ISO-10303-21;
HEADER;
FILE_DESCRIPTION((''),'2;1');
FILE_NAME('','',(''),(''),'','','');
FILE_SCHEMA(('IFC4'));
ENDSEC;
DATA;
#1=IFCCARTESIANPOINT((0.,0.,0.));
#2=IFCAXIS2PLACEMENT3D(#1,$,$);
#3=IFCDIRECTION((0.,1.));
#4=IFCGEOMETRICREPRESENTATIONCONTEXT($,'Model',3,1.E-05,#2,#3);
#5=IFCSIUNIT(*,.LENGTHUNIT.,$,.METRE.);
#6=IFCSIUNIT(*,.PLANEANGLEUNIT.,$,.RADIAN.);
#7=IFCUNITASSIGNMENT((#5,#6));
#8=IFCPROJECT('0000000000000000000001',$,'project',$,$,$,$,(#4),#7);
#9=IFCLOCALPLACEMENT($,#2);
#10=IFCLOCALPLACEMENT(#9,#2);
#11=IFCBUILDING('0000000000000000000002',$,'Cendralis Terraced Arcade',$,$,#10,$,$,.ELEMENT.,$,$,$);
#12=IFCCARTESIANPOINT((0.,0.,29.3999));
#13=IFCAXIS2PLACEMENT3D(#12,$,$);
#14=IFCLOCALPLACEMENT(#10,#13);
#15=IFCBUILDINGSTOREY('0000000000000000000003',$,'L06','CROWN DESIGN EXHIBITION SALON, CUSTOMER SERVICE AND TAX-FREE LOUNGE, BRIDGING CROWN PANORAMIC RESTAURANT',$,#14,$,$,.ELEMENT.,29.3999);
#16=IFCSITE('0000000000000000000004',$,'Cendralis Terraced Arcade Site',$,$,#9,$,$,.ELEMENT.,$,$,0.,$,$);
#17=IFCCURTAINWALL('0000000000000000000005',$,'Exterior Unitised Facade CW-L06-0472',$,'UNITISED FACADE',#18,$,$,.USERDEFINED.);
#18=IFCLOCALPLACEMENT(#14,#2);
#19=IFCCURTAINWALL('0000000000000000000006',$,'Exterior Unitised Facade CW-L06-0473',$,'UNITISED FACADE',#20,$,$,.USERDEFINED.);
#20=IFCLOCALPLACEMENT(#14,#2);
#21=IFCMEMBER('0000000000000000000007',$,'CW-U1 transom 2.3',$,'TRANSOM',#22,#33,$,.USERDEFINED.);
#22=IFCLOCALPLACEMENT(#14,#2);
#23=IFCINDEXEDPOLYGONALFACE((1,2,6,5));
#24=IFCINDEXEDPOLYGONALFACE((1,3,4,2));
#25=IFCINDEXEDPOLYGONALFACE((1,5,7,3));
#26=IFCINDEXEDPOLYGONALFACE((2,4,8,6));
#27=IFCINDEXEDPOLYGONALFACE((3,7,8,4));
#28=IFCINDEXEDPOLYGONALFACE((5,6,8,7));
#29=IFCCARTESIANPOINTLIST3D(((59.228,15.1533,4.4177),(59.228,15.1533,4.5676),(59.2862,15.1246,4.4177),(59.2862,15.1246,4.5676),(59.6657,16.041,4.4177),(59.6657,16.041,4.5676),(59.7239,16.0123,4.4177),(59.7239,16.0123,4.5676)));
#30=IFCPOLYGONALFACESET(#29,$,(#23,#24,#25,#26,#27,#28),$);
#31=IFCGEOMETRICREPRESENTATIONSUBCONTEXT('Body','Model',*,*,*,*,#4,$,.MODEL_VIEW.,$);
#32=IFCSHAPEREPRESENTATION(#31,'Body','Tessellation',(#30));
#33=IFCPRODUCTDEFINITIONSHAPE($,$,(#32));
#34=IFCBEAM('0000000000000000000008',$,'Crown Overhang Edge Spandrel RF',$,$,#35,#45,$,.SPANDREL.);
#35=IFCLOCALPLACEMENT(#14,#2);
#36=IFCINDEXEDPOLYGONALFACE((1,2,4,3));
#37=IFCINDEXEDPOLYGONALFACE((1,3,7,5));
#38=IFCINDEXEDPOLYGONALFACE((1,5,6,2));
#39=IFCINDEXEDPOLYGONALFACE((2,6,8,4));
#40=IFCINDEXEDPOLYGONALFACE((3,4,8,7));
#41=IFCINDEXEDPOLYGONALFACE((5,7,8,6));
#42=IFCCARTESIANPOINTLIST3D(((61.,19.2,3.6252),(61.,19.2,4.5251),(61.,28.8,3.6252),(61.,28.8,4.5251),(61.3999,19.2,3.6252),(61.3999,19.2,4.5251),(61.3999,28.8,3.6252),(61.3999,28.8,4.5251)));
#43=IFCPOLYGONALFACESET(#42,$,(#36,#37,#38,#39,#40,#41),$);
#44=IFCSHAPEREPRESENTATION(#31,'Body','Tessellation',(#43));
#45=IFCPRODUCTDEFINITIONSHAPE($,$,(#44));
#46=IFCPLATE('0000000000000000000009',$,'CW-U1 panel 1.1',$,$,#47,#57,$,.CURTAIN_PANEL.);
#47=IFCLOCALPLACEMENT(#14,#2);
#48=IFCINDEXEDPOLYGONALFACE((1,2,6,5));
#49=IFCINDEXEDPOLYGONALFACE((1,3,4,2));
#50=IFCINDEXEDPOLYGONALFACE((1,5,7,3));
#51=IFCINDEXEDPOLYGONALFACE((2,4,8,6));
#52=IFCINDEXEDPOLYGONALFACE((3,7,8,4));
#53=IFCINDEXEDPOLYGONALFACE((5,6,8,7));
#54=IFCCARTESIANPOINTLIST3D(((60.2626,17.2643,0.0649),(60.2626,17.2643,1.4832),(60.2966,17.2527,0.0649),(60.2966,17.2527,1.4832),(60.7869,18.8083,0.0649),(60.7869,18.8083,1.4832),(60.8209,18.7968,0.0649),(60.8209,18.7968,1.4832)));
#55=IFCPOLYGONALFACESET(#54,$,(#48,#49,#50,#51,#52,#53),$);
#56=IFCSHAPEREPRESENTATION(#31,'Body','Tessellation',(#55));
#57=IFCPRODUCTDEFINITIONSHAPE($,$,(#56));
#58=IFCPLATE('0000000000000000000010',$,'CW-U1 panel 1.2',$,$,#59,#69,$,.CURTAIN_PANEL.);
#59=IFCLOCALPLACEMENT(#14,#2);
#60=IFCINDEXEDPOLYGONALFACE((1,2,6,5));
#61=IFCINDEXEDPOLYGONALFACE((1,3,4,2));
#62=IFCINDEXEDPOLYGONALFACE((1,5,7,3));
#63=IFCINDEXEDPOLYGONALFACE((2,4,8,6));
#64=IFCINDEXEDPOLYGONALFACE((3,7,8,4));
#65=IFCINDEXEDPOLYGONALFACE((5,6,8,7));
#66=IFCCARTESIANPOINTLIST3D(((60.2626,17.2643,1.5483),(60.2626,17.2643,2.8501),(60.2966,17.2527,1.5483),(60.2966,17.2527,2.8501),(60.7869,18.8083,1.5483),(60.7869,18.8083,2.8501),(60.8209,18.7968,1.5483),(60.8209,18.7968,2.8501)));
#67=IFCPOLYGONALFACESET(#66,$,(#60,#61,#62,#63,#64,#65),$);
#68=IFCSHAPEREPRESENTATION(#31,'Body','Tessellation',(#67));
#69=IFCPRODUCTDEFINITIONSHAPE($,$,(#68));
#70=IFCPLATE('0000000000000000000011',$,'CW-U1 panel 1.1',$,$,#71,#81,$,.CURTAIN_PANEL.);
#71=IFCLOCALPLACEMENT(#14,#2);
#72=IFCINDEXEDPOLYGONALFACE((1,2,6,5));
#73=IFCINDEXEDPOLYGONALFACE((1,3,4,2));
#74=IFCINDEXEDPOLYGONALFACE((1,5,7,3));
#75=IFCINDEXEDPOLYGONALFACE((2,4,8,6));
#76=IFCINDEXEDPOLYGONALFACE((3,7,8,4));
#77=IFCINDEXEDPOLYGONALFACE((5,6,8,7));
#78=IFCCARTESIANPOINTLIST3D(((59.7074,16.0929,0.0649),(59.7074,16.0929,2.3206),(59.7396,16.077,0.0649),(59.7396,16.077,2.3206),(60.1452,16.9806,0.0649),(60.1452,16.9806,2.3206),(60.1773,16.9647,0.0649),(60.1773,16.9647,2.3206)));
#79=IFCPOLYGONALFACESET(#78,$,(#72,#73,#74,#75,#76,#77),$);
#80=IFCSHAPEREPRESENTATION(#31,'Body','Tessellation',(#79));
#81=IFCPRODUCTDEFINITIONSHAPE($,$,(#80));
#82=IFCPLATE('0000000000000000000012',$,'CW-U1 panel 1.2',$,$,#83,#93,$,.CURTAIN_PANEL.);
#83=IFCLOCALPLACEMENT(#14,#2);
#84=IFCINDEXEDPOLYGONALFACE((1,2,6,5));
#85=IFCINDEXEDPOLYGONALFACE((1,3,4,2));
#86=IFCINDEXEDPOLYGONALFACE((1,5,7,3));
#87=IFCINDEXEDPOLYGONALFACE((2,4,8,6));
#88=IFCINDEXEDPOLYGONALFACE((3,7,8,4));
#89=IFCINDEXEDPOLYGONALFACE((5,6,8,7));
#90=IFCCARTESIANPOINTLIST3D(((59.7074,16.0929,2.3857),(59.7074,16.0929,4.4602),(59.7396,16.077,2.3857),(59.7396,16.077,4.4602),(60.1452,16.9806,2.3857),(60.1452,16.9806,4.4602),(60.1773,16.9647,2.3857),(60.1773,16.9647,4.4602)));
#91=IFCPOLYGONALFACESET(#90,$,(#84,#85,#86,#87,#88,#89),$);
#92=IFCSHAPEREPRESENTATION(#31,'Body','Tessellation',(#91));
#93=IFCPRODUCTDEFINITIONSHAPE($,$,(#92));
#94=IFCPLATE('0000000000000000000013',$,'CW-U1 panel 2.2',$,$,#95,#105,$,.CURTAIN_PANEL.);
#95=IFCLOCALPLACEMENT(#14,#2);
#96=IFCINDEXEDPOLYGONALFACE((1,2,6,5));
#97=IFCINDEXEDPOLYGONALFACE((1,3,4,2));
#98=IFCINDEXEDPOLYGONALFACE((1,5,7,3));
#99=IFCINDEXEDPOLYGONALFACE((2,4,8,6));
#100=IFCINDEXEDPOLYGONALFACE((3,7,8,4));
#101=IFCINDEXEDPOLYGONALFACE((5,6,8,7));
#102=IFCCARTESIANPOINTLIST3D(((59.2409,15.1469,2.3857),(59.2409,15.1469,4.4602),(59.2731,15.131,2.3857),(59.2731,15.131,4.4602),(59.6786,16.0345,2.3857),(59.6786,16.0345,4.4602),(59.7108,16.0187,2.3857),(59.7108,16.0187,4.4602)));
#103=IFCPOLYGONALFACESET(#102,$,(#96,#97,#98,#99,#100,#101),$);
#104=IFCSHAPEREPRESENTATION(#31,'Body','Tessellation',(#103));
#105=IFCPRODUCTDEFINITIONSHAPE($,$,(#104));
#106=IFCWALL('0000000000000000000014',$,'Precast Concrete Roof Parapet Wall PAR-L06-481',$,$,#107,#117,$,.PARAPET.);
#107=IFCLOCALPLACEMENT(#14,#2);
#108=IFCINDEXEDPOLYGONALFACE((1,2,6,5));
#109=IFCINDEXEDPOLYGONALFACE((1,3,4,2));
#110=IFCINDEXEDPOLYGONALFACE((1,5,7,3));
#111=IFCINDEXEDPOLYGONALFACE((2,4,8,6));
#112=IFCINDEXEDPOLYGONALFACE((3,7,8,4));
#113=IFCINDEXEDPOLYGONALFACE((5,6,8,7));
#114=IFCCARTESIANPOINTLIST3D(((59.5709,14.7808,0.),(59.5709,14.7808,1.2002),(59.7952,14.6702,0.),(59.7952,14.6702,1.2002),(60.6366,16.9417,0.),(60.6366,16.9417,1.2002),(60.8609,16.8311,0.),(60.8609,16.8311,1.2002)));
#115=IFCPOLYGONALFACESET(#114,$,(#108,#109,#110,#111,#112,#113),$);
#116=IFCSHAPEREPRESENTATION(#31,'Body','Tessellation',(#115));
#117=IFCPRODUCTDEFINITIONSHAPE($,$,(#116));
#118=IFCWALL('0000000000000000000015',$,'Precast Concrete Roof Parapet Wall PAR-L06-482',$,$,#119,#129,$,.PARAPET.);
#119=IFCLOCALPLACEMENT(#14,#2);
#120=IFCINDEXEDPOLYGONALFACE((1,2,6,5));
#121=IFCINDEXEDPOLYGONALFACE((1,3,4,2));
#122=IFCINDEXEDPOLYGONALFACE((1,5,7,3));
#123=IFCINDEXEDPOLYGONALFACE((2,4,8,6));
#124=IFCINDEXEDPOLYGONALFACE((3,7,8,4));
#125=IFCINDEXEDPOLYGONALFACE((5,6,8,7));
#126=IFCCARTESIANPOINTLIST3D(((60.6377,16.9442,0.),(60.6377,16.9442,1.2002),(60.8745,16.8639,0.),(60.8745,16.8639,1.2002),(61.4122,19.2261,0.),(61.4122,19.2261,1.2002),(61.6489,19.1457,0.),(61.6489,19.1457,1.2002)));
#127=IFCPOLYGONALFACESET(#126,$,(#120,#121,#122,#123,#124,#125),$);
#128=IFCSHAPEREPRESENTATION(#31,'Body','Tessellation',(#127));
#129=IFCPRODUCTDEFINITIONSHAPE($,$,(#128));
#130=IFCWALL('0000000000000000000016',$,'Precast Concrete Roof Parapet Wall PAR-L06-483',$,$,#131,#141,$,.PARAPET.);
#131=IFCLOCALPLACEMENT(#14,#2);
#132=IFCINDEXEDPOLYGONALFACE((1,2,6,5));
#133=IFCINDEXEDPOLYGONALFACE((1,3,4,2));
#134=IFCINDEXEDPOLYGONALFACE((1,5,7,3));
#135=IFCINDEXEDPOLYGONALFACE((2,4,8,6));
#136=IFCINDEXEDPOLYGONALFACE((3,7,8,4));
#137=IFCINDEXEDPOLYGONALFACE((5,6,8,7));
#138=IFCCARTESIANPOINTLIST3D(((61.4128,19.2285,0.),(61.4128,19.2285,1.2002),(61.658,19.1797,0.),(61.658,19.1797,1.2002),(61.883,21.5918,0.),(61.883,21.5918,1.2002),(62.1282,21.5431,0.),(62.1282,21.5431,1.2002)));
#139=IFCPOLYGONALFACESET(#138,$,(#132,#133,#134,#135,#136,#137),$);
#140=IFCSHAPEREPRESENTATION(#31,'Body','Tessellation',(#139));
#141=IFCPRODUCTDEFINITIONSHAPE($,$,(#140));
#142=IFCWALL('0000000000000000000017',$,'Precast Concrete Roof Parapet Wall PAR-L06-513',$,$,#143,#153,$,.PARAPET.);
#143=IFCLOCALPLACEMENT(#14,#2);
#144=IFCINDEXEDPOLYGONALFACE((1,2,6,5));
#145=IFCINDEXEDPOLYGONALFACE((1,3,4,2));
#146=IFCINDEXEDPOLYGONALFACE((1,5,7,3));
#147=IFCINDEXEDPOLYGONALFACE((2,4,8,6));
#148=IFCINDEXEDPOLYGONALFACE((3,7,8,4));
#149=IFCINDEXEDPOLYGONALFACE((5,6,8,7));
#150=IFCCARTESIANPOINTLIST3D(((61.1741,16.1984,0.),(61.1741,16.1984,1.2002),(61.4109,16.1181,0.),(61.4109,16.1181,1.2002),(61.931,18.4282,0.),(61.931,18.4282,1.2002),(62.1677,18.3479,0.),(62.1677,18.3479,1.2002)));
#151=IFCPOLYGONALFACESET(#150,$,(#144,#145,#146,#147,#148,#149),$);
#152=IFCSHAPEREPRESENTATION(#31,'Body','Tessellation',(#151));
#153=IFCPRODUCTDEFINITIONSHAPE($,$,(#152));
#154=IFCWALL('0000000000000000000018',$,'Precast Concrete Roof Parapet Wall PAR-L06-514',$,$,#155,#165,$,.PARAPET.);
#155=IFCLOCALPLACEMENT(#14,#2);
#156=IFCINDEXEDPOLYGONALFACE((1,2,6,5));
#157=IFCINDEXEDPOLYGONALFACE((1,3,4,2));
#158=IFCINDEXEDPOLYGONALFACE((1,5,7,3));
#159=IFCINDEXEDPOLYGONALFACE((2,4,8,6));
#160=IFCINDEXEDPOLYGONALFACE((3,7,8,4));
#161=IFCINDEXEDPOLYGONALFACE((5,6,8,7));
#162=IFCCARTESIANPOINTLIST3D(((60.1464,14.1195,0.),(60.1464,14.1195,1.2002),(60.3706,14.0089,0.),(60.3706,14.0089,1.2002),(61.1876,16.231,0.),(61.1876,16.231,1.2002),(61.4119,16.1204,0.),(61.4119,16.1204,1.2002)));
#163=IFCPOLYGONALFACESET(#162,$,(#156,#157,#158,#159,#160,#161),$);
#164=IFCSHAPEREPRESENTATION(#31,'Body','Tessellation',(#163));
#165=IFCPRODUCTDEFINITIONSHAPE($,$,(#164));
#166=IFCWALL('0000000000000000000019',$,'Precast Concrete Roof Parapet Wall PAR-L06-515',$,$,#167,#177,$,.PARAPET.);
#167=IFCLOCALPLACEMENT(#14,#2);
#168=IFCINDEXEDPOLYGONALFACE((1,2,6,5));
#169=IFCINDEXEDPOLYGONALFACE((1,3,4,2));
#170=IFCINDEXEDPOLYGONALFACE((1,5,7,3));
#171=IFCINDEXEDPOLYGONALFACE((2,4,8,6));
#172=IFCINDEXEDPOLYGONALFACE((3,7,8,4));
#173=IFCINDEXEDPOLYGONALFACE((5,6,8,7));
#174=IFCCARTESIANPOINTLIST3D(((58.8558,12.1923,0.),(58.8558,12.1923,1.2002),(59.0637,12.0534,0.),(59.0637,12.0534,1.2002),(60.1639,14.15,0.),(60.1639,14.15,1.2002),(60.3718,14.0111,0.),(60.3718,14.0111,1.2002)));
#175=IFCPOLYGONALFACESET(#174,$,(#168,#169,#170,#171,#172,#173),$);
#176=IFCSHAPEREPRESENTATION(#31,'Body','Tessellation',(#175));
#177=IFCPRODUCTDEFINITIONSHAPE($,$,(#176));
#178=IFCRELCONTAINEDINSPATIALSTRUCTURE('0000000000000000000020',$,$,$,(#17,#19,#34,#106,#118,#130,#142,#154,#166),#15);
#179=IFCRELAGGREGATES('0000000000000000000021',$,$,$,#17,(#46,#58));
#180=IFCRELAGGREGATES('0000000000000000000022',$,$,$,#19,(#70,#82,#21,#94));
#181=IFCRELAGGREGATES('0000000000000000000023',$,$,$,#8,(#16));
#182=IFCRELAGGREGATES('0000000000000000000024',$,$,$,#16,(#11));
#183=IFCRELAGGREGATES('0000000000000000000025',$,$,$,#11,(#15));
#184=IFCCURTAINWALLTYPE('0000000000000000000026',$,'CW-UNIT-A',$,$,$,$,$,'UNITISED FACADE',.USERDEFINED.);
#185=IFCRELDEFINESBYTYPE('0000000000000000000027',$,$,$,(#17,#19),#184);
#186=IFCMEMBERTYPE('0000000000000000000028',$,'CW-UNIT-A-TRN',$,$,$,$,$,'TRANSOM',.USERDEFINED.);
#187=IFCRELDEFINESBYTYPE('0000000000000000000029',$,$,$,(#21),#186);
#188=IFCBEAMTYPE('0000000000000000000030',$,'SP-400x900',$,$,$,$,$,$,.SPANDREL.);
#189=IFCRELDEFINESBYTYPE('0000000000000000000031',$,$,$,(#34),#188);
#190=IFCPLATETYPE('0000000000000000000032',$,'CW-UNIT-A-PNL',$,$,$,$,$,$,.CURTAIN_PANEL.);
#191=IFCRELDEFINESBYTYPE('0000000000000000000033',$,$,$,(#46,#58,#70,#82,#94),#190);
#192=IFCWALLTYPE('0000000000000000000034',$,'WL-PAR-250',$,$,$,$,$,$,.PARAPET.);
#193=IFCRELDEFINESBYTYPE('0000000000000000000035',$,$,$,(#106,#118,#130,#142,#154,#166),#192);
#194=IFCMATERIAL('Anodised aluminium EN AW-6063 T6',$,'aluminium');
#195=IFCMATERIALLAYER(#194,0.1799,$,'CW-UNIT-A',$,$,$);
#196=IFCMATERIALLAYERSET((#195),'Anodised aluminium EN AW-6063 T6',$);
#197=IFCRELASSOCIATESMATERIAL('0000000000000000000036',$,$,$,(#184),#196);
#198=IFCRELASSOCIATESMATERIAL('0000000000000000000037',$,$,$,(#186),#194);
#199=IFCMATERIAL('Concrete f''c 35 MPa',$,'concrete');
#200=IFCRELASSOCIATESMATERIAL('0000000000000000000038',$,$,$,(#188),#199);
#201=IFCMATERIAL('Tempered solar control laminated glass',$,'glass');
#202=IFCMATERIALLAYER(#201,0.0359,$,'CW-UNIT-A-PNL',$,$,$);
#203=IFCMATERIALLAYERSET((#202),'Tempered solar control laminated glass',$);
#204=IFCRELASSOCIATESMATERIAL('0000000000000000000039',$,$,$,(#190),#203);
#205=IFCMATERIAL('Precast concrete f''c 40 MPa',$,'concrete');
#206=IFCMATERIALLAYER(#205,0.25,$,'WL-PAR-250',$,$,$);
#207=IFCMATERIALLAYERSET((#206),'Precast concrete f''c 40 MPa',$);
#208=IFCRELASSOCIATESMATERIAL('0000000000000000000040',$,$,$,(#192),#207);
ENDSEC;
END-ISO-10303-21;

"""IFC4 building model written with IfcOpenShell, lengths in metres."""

from ifc_helpers import new_model, si_unit, direction, frame, frame_2d, origin, origin_2d, place, context, subcontext, project, spatial, rectangle, extrude, material, layer, layer_set, material_profile, profile_set, type_object, element, aggregate, save


model = new_model("IFC4")

# Units and contexts
model_context = context("Model", 3, precision=1e-05, world=origin(), true_north=direction((0.0, 1.0)))
body_context = subcontext(model_context, "Body", "Model", "MODEL_VIEW")
ifc_project = project(units=[si_unit("LENGTHUNIT", "METRE"), si_unit("PLANEANGLEUNIT", "RADIAN")], contexts=[model_context])

# Site, building, storey
site_placement = place(None, origin())
site = spatial("IfcSite", under=ifc_project, at=site_placement, Name="Cendralis Terraced Arcade Site", CompositionType="ELEMENT", RefElevation=0.0)
building_placement = place(site_placement, origin())
building = spatial("IfcBuilding", under=site, at=building_placement, Name="Cendralis Terraced Arcade", CompositionType="ELEMENT")
storey_placement = place(building_placement, frame((0.0, 0.0, 29.3999)))
storey = spatial("IfcBuildingStorey", under=building, at=storey_placement, Name="L06", Description="CROWN DESIGN EXHIBITION SALON, CUSTOMER SERVICE AND TAX-FREE LOUNGE, BRIDGING CROWN PANORAMIC RESTAURANT", CompositionType="ELEMENT", Elevation=29.3999)

# Shared definitions
ifc_material_1 = material(Name="Anodised aluminium EN AW-6063 T6", Category="aluminium")
ifc_layer_1 = layer(ifc_material_1, 0.1799, Name="CW-UNIT-A")
ifc_layer_set_1 = layer_set([ifc_layer_1], Name="Anodised aluminium EN AW-6063 T6")
curtain_wall_type = type_object("IfcCurtainWallType", Name="CW-UNIT-A", ElementType="UNITISED FACADE", PredefinedType="USERDEFINED", material=ifc_layer_set_1)

# Curtain walls
curtain_wall_1_placement = place(storey_placement, origin())
curtain_wall_1 = element("IfcCurtainWall", 1, at=curtain_wall_1_placement, inside=storey, type_object=curtain_wall_type, Name="Exterior Unitised Facade CW-L06-0472", ObjectType="UNITISED FACADE", PredefinedType="USERDEFINED")
curtain_wall_2_placement = place(storey_placement, origin())
curtain_wall_2 = element("IfcCurtainWall", 2, at=curtain_wall_2_placement, inside=storey, type_object=curtain_wall_type, Name="Exterior Unitised Facade CW-L06-0473", ObjectType="UNITISED FACADE", PredefinedType="USERDEFINED")

# Member
ifc_material_profile_1 = material_profile(ifc_material_1, rectangle(XDim=0.0649, YDim=0.1499, at=origin_2d()), Name="ALU-TRN-65x150")
ifc_profile_set_1 = profile_set([ifc_material_profile_1], Name="Anodised aluminium EN AW-6063 T6")
member_type_1 = type_object("IfcMemberType", Name="CW-UNIT-A-TRN", ElementType="TRANSOM", PredefinedType="USERDEFINED", material=ifc_profile_set_1)
member_1_placement = place(storey_placement, frame((59.6948, 16.0266, 4.4927), z_axis=(-0.442273, -0.89688, 0.0), x_axis=(0.89688, -0.442273, 0.0)))
member_1 = element("IfcMember", 3, at=member_1_placement, type_object=member_type_1, Name="CW-U1 transom 2.3", ObjectType="TRANSOM", PredefinedType="USERDEFINED", context=body_context, shape_type="SweptSolid", body=[
    extrude(rectangle(XDim=0.0649, YDim=0.1499, at=origin_2d()), origin(), (0.0, 0.0, 1.0), 0.9897),
])

# Beam
ifc_material_2 = material(Name="Concrete f'c 35 MPa", Category="concrete")
ifc_material_profile_2 = material_profile(ifc_material_2, rectangle(XDim=0.3999, YDim=0.8999, at=origin_2d()), Name="RC-SP-400x900", Category="LoadBearing")
ifc_profile_set_2 = profile_set([ifc_material_profile_2], Name="Concrete f'c 35 MPa")
beam_type = type_object("IfcBeamType", Name="SP-400x900", PredefinedType="SPANDREL", material=ifc_profile_set_2)
beam_placement = place(storey_placement, frame((61.2, 19.2, 4.0752), z_axis=(0.0, 1.0, 0.0), x_axis=(-1.0, 0.0, 0.0)))
element("IfcBeam", 4, at=beam_placement, inside=storey, type_object=beam_type, Name="Crown Overhang Edge Spandrel RF", PredefinedType="SPANDREL", context=body_context, shape_type="SweptSolid", body=[
    extrude(rectangle(XDim=0.3999, YDim=0.8999, at=origin_2d()), origin(), (0.0, 0.0, 1.0), 9.6001),
])

# Plates
ifc_material_3 = material(Name="Tempered solar control laminated glass", Category="glass")
ifc_layer_2 = layer(ifc_material_3, 0.0359, Name="CW-UNIT-A-PNL")
ifc_layer_set_2 = layer_set([ifc_layer_2], Name="Tempered solar control laminated glass")
plate_type = type_object("IfcPlateType", Name="CW-UNIT-A-PNL", PredefinedType="CURTAIN_PANEL", material=ifc_layer_set_2)
plate_1_placement = place(storey_placement, frame((60.5417, 18.0305, 0.0649), z_axis=(0.0, 0.0, 1.0), x_axis=(-0.321488, -0.946914, 0.0)))
plate_1 = element("IfcPlate", 5, at=plate_1_placement, type_object=plate_type, Name="CW-U1 panel 1.1", PredefinedType="CURTAIN_PANEL", context=body_context, shape_type="SweptSolid", body=[
    extrude(rectangle(XDim=1.6306, YDim=0.0359, at=origin_2d()), origin(), (0.0, 0.0, 1.0), 1.4182),
])
plate_2_placement = place(storey_placement, frame((60.5417, 18.0305, 1.5483), z_axis=(0.0, 0.0, 1.0), x_axis=(-0.321488, -0.946914, 0.0)))
plate_2 = element("IfcPlate", 6, at=plate_2_placement, type_object=plate_type, Name="CW-U1 panel 1.2", PredefinedType="CURTAIN_PANEL", context=body_context, shape_type="SweptSolid", body=[
    extrude(rectangle(XDim=1.6306, YDim=0.0359, at=origin_2d()), origin(), (0.0, 0.0, 1.0), 1.3018),
])
aggregate(curtain_wall_1, [plate_1, plate_2])
plate_3_placement = place(storey_placement, frame((59.9424, 16.5288, 0.0649), z_axis=(0.0, 0.0, 1.0), x_axis=(-0.442259, -0.896888, 0.0)))
plate_3 = element("IfcPlate", 7, at=plate_3_placement, type_object=plate_type, Name="CW-U1 panel 1.1", PredefinedType="CURTAIN_PANEL", context=body_context, shape_type="SweptSolid", body=[
    extrude(rectangle(XDim=0.9897, YDim=0.0359, at=origin_2d()), origin(), (0.0, 0.0, 1.0), 2.2556),
])
plate_4_placement = place(storey_placement, frame((59.9424, 16.5288, 2.3857), z_axis=(0.0, 0.0, 1.0), x_axis=(-0.442259, -0.896888, 0.0)))
plate_4 = element("IfcPlate", 8, at=plate_4_placement, type_object=plate_type, Name="CW-U1 panel 1.2", PredefinedType="CURTAIN_PANEL", context=body_context, shape_type="SweptSolid", body=[
    extrude(rectangle(XDim=0.9897, YDim=0.0359, at=origin_2d()), origin(), (0.0, 0.0, 1.0), 2.0745),
])
plate_5_placement = place(storey_placement, frame((59.4758, 15.5828, 2.3857), z_axis=(0.0, 0.0, 1.0), x_axis=(-0.442259, -0.896888, 0.0)))
plate_5 = element("IfcPlate", 9, at=plate_5_placement, type_object=plate_type, Name="CW-U1 panel 2.2", PredefinedType="CURTAIN_PANEL", context=body_context, shape_type="SweptSolid", body=[
    extrude(rectangle(XDim=0.9897, YDim=0.0359, at=origin_2d()), origin(), (0.0, 0.0, 1.0), 2.0745),
])
aggregate(curtain_wall_2, [plate_3, plate_4, member_1, plate_5])

# Walls
ifc_material_4 = material(Name="Precast concrete f'c 40 MPa", Category="concrete")
ifc_layer_3 = layer(ifc_material_4, 0.25, Name="WL-PAR-250")
ifc_layer_set_3 = layer_set([ifc_layer_3], Name="Precast concrete f'c 40 MPa")
wall_type = type_object("IfcWallType", Name="WL-PAR-250", PredefinedType="PARAPET", material=ifc_layer_set_3)
wall_1_placement = place(storey_placement, frame((59.6831, 14.7256, 0.0), z_axis=(0.0, 0.0, 1.0), x_axis=(0.442303, 0.896866, 0.0)))
element("IfcWall", 10, at=wall_1_placement, inside=storey, type_object=wall_type, Name="Precast Concrete Roof Parapet Wall PAR-L06-481", PredefinedType="PARAPET", context=body_context, shape_type="SweptSolid", body=[
    extrude(rectangle(XDim=2.4094, YDim=0.25, at=frame_2d((1.2046, 0.0))), origin(), (0.0, 0.0, 1.0), 1.2002),
])
for number, where, z_axis, x_axis, name in (
    (11, (60.7561, 16.9041, 0.0), (0.0, 0.0, 1.0), (0.32139, 0.946947, 0.0), "Precast Concrete Roof Parapet Wall PAR-L06-482"),
    (12, (61.5354, 19.2041, 0.0), (0.0, 0.0, 1.0), (0.195142, 0.980775, 0.0), "Precast Concrete Roof Parapet Wall PAR-L06-483"),
):
    element("IfcWall", number, at=place(storey_placement, frame(where, z_axis=z_axis, x_axis=x_axis)), inside=storey, type_object=wall_type, Name=name, PredefinedType="PARAPET", context=body_context, shape_type="SweptSolid", body=[
        extrude(rectangle(XDim=2.4097, YDim=0.25, at=frame_2d((1.2048, 0.0))), origin(), (0.0, 0.0, 1.0), 1.2002),
    ])
wall_2_placement = place(storey_placement, frame((62.0493, 18.3879, 0.0), z_axis=(0.0, 0.0, 1.0), x_axis=(-0.321418, -0.946938, 0.0)))
element("IfcWall", 13, at=wall_2_placement, inside=storey, type_object=wall_type, Name="Precast Concrete Roof Parapet Wall PAR-L06-513", PredefinedType="PARAPET", context=body_context, shape_type="SweptSolid", body=[
    extrude(rectangle(XDim=2.3547, YDim=0.25, at=frame_2d((1.1772, 0.0))), origin(), (0.0, 0.0, 1.0), 1.2002),
])
wall_3_placement = place(storey_placement, frame((61.2998, 16.1758, 0.0), z_axis=(0.0, 0.0, 1.0), x_axis=(-0.442271, -0.896882, 0.0)))
element("IfcWall", 14, at=wall_3_placement, inside=storey, type_object=wall_type, Name="Precast Concrete Roof Parapet Wall PAR-L06-514", PredefinedType="PARAPET", context=body_context, shape_type="SweptSolid", body=[
    extrude(rectangle(XDim=2.3542, YDim=0.25, at=frame_2d((1.1772, 0.0))), origin(), (0.0, 0.0, 1.0), 1.2002),
])
wall_4_placement = place(storey_placement, frame((60.2678, 14.0806, 0.0), z_axis=(0.0, 0.0, 1.0), x_axis=(-0.555561, -0.831476, 0.0)))
element("IfcWall", 15, at=wall_4_placement, inside=storey, type_object=wall_type, Name="Precast Concrete Roof Parapet Wall PAR-L06-515", PredefinedType="PARAPET", context=body_context, shape_type="SweptSolid", body=[
    extrude(rectangle(XDim=2.3545, YDim=0.25, at=frame_2d((1.1772, 0.0))), origin(), (0.0, 0.0, 1.0), 1.2002),
])

save(model, "model.ifc")
